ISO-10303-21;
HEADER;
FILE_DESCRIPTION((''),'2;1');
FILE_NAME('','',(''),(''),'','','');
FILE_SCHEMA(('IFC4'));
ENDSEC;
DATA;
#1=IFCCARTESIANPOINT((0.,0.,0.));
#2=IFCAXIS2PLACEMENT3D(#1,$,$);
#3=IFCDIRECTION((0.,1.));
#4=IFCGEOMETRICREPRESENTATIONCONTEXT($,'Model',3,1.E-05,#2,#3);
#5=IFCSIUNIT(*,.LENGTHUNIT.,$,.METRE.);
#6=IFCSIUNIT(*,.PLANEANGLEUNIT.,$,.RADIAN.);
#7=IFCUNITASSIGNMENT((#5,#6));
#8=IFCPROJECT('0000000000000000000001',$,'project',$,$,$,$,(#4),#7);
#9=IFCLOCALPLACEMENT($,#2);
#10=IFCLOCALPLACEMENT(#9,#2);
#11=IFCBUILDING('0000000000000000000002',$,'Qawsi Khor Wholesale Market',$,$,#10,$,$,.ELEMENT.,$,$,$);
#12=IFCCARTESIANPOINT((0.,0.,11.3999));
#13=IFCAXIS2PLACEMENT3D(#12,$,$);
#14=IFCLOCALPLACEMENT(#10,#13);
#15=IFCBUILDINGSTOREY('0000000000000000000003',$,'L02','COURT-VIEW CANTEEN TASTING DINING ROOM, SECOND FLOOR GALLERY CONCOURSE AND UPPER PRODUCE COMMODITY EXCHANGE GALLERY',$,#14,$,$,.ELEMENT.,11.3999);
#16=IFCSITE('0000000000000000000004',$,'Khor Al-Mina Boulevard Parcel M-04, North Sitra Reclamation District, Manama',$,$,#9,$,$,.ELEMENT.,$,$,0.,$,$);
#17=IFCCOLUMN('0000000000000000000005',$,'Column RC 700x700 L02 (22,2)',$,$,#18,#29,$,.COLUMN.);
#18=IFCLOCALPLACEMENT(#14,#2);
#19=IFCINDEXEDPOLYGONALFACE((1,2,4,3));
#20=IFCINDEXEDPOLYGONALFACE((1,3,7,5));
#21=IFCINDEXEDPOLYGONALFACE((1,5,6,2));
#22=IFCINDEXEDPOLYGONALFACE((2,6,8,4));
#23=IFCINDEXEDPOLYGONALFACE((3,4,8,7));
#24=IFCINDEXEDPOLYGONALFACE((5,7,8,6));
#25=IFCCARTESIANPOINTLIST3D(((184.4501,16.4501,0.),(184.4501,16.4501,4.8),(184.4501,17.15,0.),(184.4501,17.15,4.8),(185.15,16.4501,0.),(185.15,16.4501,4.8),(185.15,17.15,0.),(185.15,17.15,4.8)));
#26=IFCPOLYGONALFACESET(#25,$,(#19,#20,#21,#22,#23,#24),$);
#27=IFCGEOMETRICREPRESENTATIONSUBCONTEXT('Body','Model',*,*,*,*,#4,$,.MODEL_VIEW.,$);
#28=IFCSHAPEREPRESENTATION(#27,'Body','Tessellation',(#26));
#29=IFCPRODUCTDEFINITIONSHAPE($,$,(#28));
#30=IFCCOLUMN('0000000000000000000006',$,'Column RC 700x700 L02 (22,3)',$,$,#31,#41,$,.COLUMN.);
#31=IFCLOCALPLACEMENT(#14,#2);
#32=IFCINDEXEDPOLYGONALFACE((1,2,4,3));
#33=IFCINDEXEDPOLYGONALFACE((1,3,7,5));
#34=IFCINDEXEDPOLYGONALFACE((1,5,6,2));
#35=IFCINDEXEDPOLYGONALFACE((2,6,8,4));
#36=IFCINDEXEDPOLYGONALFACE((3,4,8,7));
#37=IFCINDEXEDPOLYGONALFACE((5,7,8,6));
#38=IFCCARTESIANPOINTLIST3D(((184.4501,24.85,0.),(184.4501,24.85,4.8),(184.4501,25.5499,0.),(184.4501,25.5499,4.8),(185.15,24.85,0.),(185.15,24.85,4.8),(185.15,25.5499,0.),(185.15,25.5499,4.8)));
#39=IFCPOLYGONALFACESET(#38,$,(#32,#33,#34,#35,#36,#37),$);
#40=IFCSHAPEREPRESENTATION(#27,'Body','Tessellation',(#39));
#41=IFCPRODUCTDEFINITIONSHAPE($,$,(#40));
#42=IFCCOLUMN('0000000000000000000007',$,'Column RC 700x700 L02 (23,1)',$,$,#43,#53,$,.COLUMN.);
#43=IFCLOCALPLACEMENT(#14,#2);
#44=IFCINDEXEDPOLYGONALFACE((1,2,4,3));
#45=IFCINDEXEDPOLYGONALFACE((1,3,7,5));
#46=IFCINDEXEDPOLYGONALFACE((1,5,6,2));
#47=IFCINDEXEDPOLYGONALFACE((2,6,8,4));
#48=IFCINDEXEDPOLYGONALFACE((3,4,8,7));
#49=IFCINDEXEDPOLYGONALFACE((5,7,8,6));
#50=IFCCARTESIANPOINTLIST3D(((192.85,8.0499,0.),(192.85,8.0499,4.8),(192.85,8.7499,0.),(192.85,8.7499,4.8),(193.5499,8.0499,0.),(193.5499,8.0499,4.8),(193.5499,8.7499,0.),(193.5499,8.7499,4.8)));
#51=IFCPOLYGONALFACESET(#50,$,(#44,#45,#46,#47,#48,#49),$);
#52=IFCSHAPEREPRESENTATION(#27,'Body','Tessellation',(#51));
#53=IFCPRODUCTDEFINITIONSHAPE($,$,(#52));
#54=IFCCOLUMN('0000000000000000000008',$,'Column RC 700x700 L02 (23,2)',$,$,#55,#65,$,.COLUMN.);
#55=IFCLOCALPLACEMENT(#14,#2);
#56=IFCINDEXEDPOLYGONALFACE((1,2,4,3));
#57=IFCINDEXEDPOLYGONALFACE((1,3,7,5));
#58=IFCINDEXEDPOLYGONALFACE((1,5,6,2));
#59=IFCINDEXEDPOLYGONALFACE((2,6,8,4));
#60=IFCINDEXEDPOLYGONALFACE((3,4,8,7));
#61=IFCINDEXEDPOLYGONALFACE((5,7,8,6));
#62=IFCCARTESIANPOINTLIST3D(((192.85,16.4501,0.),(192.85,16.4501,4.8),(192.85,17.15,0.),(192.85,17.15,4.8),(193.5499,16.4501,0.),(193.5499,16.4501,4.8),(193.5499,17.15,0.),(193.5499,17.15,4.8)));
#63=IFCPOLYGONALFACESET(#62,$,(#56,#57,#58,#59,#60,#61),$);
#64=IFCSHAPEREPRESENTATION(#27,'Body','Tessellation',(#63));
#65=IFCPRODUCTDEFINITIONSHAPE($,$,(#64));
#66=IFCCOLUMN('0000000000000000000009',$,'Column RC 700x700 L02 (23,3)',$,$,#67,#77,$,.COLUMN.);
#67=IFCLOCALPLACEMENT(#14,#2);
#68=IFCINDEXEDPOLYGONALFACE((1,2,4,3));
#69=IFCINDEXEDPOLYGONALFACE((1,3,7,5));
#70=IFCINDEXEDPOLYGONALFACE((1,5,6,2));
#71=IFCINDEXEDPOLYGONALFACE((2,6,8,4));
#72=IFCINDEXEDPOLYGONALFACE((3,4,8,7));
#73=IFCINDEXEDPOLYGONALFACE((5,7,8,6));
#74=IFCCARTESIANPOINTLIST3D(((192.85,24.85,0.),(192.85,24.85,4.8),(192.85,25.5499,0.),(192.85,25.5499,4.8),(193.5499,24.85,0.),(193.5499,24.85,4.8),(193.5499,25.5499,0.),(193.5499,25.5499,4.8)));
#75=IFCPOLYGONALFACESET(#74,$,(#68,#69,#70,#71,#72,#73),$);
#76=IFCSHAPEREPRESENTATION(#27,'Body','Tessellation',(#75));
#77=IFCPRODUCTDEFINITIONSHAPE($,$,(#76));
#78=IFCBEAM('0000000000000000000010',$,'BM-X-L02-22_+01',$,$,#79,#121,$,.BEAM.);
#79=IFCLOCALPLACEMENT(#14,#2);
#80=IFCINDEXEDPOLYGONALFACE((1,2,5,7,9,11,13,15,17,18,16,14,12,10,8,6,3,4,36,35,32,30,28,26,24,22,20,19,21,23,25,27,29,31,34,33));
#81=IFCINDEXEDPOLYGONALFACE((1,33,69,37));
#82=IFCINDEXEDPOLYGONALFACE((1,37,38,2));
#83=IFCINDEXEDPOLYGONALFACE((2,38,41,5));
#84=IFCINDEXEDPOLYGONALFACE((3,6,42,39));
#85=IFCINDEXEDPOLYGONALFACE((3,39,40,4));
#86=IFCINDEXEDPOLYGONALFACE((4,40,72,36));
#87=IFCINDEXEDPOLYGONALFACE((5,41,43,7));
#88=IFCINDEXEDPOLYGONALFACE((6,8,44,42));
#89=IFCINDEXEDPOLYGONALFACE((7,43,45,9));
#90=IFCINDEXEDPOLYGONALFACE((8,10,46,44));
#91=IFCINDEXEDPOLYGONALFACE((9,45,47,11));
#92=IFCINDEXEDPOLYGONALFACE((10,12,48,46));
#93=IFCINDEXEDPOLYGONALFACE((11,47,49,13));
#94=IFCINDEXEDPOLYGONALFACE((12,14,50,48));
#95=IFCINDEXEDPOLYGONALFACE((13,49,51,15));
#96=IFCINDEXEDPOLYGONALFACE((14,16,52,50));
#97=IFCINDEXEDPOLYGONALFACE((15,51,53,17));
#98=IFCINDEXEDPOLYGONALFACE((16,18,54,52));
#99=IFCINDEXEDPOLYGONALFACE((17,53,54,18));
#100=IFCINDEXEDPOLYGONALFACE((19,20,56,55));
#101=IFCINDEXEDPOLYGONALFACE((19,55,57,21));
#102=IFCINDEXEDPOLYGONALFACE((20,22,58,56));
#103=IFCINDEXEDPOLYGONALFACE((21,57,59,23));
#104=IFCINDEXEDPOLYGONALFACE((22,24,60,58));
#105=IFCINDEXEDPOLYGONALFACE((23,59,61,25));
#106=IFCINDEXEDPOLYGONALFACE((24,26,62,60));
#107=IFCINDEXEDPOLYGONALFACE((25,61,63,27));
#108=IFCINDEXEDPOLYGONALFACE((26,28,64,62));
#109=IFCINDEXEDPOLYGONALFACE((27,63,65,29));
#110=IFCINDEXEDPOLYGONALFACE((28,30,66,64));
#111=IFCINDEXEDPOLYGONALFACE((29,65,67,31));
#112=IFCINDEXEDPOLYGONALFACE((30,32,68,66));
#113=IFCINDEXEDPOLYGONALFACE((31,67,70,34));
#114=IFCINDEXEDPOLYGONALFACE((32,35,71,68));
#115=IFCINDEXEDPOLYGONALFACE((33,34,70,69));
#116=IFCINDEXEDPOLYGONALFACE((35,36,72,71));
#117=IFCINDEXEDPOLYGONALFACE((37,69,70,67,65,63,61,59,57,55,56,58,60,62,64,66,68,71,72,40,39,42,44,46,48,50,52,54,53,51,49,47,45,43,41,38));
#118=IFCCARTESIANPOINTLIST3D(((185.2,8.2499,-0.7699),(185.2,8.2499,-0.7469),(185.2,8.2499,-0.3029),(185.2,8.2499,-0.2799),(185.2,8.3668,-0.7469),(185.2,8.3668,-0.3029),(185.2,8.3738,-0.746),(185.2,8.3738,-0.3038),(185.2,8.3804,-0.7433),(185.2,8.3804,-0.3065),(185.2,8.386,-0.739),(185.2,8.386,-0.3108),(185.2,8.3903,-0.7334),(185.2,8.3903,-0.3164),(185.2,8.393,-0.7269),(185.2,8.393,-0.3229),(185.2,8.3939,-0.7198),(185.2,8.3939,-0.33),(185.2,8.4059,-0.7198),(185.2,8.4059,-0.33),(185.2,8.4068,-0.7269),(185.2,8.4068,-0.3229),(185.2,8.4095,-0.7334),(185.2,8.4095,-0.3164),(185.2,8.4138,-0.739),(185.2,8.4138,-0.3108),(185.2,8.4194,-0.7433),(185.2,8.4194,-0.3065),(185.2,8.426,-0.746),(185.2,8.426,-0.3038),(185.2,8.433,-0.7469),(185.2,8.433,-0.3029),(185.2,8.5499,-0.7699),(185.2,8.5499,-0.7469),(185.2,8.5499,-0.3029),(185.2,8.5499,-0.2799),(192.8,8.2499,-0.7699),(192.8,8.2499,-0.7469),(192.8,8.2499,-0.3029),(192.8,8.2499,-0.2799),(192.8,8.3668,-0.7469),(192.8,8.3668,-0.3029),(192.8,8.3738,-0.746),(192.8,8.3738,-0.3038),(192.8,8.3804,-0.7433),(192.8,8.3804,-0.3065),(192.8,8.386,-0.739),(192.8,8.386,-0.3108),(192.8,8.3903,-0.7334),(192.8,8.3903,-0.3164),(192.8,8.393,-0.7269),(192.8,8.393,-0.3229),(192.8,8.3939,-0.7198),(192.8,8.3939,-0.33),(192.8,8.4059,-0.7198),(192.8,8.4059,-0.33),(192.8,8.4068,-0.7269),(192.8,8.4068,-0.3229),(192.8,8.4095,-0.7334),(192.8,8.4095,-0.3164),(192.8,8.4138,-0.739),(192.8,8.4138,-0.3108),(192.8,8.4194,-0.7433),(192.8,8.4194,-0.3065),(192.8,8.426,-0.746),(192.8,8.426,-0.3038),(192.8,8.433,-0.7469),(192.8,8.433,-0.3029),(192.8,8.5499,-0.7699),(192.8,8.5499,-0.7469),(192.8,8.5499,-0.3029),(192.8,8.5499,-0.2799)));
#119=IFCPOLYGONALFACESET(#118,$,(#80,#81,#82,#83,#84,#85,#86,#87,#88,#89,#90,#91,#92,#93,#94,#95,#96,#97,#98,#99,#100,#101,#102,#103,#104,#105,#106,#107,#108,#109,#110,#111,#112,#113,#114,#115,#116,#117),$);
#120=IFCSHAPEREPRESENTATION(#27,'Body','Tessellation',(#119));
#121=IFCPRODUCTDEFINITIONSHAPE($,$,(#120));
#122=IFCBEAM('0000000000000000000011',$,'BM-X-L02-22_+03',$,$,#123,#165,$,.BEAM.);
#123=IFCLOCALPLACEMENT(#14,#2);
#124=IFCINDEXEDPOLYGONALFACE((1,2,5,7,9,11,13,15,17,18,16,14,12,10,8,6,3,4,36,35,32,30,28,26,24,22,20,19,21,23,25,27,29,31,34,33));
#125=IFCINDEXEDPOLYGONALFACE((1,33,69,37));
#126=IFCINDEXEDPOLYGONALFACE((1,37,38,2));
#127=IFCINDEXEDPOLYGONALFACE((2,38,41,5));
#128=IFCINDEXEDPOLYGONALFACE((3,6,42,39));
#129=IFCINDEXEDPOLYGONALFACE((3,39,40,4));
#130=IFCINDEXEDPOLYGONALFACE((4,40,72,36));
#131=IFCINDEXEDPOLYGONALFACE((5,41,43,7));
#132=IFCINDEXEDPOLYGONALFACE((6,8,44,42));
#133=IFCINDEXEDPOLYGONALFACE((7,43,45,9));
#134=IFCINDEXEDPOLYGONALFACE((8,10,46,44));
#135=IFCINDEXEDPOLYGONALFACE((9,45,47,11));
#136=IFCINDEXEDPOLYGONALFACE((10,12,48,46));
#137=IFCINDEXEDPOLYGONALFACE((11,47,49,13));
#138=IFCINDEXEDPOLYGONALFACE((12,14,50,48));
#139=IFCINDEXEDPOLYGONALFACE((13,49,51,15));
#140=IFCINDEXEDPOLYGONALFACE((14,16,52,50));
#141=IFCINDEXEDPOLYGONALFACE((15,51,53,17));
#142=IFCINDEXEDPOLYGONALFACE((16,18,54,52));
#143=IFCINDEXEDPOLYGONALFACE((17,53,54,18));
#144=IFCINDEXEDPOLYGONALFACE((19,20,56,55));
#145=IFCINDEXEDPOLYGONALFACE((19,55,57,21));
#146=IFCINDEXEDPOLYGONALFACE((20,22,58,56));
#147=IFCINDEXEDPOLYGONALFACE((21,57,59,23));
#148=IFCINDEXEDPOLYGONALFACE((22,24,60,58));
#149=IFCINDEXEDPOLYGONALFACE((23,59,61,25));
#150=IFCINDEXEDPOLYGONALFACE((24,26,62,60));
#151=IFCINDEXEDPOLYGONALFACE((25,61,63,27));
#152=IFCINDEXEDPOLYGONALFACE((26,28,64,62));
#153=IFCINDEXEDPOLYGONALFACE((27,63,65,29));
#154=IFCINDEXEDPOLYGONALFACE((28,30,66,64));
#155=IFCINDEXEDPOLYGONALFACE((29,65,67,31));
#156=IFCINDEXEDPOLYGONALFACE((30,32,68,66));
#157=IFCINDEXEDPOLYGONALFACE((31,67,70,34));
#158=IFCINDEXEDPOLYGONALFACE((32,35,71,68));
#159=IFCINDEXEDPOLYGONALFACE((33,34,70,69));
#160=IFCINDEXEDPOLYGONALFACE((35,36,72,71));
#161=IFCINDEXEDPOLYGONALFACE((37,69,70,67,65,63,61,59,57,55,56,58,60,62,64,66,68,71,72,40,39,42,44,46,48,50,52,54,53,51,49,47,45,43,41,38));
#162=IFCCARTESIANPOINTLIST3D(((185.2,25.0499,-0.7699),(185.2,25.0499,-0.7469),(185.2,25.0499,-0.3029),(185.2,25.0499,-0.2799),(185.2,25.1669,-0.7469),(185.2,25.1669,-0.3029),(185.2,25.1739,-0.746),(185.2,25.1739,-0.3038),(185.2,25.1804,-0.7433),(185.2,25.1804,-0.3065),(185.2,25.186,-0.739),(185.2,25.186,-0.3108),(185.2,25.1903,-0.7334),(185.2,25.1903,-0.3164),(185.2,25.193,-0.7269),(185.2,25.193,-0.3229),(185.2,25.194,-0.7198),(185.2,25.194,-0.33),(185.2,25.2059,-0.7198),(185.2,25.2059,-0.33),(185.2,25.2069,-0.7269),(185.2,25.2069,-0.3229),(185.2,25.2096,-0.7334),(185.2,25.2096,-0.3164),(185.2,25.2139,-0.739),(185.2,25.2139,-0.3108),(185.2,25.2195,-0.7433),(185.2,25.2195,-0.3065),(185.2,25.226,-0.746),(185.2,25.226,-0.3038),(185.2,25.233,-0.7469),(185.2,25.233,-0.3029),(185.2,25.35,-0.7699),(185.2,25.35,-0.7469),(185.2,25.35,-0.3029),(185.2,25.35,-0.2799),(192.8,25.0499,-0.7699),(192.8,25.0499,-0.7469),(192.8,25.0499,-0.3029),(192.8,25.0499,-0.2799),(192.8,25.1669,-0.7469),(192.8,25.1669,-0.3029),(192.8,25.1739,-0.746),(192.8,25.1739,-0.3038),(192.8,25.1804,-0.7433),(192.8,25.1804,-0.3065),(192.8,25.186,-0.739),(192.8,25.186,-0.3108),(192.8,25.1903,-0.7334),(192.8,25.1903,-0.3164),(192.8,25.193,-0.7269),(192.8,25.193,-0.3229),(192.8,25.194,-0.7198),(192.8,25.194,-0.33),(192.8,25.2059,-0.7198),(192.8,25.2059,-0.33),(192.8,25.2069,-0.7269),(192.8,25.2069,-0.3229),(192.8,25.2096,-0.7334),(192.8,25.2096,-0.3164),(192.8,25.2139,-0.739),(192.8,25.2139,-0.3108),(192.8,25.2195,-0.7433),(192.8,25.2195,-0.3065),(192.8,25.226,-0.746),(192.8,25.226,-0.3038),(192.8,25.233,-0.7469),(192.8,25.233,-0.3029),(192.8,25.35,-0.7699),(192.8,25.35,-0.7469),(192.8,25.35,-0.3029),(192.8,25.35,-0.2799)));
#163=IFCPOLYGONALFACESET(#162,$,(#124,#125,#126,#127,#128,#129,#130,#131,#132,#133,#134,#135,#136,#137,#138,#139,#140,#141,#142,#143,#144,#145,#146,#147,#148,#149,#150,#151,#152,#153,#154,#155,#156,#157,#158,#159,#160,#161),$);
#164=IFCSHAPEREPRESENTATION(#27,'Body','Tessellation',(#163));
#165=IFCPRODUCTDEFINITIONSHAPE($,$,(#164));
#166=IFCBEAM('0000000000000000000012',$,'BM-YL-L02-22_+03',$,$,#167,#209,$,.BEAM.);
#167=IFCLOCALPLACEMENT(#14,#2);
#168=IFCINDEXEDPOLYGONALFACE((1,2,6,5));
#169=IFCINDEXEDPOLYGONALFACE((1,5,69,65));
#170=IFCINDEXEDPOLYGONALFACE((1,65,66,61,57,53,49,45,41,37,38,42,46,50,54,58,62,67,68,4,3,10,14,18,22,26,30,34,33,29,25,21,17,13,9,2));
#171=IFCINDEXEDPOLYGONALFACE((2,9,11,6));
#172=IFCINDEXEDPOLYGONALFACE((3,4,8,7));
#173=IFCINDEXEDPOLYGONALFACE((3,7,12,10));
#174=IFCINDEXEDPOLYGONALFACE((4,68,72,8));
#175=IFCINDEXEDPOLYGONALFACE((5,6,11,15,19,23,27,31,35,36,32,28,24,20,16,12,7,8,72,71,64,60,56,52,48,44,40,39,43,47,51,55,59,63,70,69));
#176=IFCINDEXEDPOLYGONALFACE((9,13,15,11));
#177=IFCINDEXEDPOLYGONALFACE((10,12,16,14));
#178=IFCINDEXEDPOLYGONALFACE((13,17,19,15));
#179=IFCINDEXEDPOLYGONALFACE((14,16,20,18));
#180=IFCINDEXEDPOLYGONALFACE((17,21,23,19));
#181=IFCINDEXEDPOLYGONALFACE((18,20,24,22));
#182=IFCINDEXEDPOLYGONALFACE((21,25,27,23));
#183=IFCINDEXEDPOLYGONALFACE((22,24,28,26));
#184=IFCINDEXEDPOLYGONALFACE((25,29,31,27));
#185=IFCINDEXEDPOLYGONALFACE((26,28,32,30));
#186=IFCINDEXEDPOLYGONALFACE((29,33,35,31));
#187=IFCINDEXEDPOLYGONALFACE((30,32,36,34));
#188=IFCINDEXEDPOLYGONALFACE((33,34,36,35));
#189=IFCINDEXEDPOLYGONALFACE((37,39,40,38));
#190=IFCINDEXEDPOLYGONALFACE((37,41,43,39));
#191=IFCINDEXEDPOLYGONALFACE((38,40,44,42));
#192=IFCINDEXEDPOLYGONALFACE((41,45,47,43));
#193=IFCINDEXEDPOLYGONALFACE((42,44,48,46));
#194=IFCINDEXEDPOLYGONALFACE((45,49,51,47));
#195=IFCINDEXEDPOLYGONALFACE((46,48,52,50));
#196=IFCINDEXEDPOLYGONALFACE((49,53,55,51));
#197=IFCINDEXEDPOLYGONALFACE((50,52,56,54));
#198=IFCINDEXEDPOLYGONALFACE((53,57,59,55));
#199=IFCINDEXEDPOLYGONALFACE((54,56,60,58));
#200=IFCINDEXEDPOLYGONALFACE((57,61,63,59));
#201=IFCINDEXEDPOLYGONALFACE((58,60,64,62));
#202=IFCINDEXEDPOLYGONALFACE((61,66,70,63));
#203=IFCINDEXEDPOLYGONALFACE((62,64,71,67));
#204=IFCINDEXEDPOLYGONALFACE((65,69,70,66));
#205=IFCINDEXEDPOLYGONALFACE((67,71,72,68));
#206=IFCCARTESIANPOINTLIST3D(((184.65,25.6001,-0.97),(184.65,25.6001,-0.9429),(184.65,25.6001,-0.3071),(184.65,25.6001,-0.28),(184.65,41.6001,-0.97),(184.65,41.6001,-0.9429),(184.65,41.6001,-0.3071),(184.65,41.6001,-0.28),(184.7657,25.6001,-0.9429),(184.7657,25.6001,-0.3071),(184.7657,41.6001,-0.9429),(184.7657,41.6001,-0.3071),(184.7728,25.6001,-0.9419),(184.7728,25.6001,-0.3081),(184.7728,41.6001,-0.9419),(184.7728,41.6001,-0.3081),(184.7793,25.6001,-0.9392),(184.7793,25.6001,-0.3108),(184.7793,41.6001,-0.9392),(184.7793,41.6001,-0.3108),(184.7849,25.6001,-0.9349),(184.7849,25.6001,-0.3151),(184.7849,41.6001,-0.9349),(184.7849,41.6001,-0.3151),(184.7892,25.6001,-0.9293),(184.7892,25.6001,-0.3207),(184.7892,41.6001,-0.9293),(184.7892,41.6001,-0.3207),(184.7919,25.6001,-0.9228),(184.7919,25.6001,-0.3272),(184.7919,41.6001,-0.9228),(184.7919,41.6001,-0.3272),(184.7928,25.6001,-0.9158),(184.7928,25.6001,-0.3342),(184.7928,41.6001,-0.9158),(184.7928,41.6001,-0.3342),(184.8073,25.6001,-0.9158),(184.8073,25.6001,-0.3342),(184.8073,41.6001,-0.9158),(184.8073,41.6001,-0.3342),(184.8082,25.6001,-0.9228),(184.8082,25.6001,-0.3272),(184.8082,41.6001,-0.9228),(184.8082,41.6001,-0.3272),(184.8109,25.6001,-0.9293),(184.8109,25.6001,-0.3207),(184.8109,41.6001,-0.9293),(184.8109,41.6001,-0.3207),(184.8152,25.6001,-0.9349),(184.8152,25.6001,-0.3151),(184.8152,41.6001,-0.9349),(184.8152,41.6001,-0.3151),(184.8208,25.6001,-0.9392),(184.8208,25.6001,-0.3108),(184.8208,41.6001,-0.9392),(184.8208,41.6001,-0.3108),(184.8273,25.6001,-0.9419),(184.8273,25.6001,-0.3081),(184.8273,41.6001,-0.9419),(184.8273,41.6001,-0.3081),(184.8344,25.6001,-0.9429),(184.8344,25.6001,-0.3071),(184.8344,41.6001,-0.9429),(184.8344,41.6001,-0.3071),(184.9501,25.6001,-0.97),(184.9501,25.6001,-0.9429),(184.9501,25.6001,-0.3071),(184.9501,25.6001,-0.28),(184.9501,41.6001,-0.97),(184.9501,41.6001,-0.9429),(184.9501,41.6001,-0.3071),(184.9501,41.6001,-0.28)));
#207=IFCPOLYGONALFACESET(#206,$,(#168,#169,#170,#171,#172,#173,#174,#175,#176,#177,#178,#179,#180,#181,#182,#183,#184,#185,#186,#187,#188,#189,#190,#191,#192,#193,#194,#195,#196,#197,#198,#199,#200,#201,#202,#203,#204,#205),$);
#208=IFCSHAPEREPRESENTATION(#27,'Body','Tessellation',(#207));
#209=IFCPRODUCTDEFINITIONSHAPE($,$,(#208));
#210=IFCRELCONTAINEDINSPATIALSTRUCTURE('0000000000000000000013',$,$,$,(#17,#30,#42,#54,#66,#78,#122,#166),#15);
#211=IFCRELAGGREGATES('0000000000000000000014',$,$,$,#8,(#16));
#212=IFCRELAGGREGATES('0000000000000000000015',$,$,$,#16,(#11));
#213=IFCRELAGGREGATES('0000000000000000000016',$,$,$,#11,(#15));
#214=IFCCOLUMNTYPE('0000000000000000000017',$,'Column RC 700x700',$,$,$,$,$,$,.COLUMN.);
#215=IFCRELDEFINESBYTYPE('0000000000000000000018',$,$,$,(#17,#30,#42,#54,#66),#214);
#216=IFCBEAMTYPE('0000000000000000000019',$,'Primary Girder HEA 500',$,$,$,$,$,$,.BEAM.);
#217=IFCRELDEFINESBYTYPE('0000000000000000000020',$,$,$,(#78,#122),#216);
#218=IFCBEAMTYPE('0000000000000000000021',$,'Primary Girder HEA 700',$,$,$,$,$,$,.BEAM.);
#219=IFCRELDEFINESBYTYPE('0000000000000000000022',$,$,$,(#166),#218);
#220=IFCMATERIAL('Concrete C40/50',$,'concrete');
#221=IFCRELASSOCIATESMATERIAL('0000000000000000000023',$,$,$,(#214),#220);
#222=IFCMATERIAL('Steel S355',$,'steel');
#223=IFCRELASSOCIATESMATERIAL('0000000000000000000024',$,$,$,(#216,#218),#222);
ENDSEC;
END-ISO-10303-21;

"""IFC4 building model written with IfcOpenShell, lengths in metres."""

from ifc_helpers import new_model, si_unit, direction, frame, origin, origin_2d, place, context, subcontext, project, spatial, rectangle, i_section, extrude, material, material_profile, profile_set, type_object, element, save


model = new_model("IFC4")

# Units and contexts
model_context = context("Model", 3, precision=1e-05, world=origin(), true_north=direction((0.0, 1.0)))
body_context = subcontext(model_context, "Body", "Model", "MODEL_VIEW")
ifc_project = project(units=[si_unit("LENGTHUNIT", "METRE"), si_unit("PLANEANGLEUNIT", "RADIAN")], contexts=[model_context])

# Site, building, storey
site_placement = place(None, origin())
site = spatial("IfcSite", under=ifc_project, at=site_placement, Name="Khor Al-Mina Boulevard Parcel M-04, North Sitra Reclamation District, Manama", CompositionType="ELEMENT", RefElevation=0.0)
building_placement = place(site_placement, origin())
building = spatial("IfcBuilding", under=site, at=building_placement, Name="Qawsi Khor Wholesale Market", CompositionType="ELEMENT")
storey_placement = place(building_placement, frame((0.0, 0.0, 11.3999)))
storey = spatial("IfcBuildingStorey", under=building, at=storey_placement, Name="L02", Description="COURT-VIEW CANTEEN TASTING DINING ROOM, SECOND FLOOR GALLERY CONCOURSE AND UPPER PRODUCE COMMODITY EXCHANGE GALLERY", CompositionType="ELEMENT", Elevation=11.3999)

# Columns
ifc_material_1 = material(Name="Concrete C40/50", Category="concrete")
ifc_material_profile_1 = material_profile(ifc_material_1, rectangle(XDim=0.7, YDim=0.7, at=origin_2d()), Name="RC 700x700")
ifc_profile_set_1 = profile_set([ifc_material_profile_1], Name="Concrete C40/50")
column_type = type_object("IfcColumnType", Name="Column RC 700x700", PredefinedType="COLUMN", material=ifc_profile_set_1)
for number, where, z_axis, x_axis, name in (
    (1, (184.8, 16.8, 0.0), (0.0, 0.0, 1.0), (1.0, 0.0, 0.0), "Column RC 700x700 L02 (22,2)"),
    (2, (184.8, 25.2, 0.0), (0.0, 0.0, 1.0), (1.0, 0.0, 0.0), "Column RC 700x700 L02 (22,3)"),
    (3, (193.2, 8.3999, 0.0), (0.0, 0.0, 1.0), (1.0, 0.0, 0.0), "Column RC 700x700 L02 (23,1)"),
    (4, (193.2, 16.8, 0.0), (0.0, 0.0, 1.0), (1.0, 0.0, 0.0), "Column RC 700x700 L02 (23,2)"),
    (5, (193.2, 25.2, 0.0), (0.0, 0.0, 1.0), (1.0, 0.0, 0.0), "Column RC 700x700 L02 (23,3)"),
):
    element("IfcColumn", number, at=place(storey_placement, frame(where, z_axis=z_axis, x_axis=x_axis)), inside=storey, type_object=column_type, Name=name, PredefinedType="COLUMN", context=body_context, shape_type="SweptSolid", body=[
        extrude(rectangle(XDim=0.7, YDim=0.7, at=origin_2d()), origin(), (0.0, 0.0, 1.0), 4.8),
    ])

# Beams
ifc_material_2 = material(Name="Steel S355", Category="steel")
ifc_material_profile_2 = material_profile(ifc_material_2, i_section(OverallWidth=0.3, OverallDepth=0.49, WebThickness=0.012, FlangeThickness=0.0229, FilletRadius=0.0271, at=origin_2d()), Name="HEA 500")
ifc_profile_set_2 = profile_set([ifc_material_profile_2], Name="Steel S355")
beam_type_1 = type_object("IfcBeamType", Name="Primary Girder HEA 500", PredefinedType="BEAM", material=ifc_profile_set_2)
for number, where, z_axis, x_axis, name in (
    (6, (185.2, 8.3999, -0.5249), (1.0, 0.0, 0.0), (0.0, 1.0, 0.0), "BM-X-L02-22_+01"),
    (7, (185.2, 25.2, -0.5249), (1.0, 0.0, 0.0), (0.0, 1.0, 0.0), "BM-X-L02-22_+03"),
):
    element("IfcBeam", number, at=place(storey_placement, frame(where, z_axis=z_axis, x_axis=x_axis)), inside=storey, type_object=beam_type_1, Name=name, PredefinedType="BEAM", context=body_context, shape_type="SweptSolid", body=[
        extrude(i_section(OverallWidth=0.3, OverallDepth=0.49, WebThickness=0.012, FlangeThickness=0.0229, FilletRadius=0.0271, at=origin_2d()), origin(), (0.0, 0.0, 1.0), 7.6001),
    ])
ifc_material_profile_3 = material_profile(ifc_material_2, i_section(OverallWidth=0.3, OverallDepth=0.6899, WebThickness=0.0144, FlangeThickness=0.0271, FilletRadius=0.0271, at=origin_2d()), Name="HEA 700")
ifc_profile_set_3 = profile_set([ifc_material_profile_3], Name="Steel S355")
beam_type_2 = type_object("IfcBeamType", Name="Primary Girder HEA 700", PredefinedType="BEAM", material=ifc_profile_set_3)
for number, where, z_axis, x_axis, name in (
    (8, (184.8, 25.6001, -0.625), (0.0, 1.0, 0.0), (-1.0, 0.0, 0.0), "BM-YL-L02-22_+03"),
):
    element("IfcBeam", number, at=place(storey_placement, frame(where, z_axis=z_axis, x_axis=x_axis)), inside=storey, type_object=beam_type_2, Name=name, PredefinedType="BEAM", context=body_context, shape_type="SweptSolid", body=[
        extrude(i_section(OverallWidth=0.3, OverallDepth=0.6899, WebThickness=0.0144, FlangeThickness=0.0271, FilletRadius=0.0271, at=origin_2d()), origin(), (0.0, 0.0, 1.0), 16.0),
    ])

save(model, "model.ifc")
